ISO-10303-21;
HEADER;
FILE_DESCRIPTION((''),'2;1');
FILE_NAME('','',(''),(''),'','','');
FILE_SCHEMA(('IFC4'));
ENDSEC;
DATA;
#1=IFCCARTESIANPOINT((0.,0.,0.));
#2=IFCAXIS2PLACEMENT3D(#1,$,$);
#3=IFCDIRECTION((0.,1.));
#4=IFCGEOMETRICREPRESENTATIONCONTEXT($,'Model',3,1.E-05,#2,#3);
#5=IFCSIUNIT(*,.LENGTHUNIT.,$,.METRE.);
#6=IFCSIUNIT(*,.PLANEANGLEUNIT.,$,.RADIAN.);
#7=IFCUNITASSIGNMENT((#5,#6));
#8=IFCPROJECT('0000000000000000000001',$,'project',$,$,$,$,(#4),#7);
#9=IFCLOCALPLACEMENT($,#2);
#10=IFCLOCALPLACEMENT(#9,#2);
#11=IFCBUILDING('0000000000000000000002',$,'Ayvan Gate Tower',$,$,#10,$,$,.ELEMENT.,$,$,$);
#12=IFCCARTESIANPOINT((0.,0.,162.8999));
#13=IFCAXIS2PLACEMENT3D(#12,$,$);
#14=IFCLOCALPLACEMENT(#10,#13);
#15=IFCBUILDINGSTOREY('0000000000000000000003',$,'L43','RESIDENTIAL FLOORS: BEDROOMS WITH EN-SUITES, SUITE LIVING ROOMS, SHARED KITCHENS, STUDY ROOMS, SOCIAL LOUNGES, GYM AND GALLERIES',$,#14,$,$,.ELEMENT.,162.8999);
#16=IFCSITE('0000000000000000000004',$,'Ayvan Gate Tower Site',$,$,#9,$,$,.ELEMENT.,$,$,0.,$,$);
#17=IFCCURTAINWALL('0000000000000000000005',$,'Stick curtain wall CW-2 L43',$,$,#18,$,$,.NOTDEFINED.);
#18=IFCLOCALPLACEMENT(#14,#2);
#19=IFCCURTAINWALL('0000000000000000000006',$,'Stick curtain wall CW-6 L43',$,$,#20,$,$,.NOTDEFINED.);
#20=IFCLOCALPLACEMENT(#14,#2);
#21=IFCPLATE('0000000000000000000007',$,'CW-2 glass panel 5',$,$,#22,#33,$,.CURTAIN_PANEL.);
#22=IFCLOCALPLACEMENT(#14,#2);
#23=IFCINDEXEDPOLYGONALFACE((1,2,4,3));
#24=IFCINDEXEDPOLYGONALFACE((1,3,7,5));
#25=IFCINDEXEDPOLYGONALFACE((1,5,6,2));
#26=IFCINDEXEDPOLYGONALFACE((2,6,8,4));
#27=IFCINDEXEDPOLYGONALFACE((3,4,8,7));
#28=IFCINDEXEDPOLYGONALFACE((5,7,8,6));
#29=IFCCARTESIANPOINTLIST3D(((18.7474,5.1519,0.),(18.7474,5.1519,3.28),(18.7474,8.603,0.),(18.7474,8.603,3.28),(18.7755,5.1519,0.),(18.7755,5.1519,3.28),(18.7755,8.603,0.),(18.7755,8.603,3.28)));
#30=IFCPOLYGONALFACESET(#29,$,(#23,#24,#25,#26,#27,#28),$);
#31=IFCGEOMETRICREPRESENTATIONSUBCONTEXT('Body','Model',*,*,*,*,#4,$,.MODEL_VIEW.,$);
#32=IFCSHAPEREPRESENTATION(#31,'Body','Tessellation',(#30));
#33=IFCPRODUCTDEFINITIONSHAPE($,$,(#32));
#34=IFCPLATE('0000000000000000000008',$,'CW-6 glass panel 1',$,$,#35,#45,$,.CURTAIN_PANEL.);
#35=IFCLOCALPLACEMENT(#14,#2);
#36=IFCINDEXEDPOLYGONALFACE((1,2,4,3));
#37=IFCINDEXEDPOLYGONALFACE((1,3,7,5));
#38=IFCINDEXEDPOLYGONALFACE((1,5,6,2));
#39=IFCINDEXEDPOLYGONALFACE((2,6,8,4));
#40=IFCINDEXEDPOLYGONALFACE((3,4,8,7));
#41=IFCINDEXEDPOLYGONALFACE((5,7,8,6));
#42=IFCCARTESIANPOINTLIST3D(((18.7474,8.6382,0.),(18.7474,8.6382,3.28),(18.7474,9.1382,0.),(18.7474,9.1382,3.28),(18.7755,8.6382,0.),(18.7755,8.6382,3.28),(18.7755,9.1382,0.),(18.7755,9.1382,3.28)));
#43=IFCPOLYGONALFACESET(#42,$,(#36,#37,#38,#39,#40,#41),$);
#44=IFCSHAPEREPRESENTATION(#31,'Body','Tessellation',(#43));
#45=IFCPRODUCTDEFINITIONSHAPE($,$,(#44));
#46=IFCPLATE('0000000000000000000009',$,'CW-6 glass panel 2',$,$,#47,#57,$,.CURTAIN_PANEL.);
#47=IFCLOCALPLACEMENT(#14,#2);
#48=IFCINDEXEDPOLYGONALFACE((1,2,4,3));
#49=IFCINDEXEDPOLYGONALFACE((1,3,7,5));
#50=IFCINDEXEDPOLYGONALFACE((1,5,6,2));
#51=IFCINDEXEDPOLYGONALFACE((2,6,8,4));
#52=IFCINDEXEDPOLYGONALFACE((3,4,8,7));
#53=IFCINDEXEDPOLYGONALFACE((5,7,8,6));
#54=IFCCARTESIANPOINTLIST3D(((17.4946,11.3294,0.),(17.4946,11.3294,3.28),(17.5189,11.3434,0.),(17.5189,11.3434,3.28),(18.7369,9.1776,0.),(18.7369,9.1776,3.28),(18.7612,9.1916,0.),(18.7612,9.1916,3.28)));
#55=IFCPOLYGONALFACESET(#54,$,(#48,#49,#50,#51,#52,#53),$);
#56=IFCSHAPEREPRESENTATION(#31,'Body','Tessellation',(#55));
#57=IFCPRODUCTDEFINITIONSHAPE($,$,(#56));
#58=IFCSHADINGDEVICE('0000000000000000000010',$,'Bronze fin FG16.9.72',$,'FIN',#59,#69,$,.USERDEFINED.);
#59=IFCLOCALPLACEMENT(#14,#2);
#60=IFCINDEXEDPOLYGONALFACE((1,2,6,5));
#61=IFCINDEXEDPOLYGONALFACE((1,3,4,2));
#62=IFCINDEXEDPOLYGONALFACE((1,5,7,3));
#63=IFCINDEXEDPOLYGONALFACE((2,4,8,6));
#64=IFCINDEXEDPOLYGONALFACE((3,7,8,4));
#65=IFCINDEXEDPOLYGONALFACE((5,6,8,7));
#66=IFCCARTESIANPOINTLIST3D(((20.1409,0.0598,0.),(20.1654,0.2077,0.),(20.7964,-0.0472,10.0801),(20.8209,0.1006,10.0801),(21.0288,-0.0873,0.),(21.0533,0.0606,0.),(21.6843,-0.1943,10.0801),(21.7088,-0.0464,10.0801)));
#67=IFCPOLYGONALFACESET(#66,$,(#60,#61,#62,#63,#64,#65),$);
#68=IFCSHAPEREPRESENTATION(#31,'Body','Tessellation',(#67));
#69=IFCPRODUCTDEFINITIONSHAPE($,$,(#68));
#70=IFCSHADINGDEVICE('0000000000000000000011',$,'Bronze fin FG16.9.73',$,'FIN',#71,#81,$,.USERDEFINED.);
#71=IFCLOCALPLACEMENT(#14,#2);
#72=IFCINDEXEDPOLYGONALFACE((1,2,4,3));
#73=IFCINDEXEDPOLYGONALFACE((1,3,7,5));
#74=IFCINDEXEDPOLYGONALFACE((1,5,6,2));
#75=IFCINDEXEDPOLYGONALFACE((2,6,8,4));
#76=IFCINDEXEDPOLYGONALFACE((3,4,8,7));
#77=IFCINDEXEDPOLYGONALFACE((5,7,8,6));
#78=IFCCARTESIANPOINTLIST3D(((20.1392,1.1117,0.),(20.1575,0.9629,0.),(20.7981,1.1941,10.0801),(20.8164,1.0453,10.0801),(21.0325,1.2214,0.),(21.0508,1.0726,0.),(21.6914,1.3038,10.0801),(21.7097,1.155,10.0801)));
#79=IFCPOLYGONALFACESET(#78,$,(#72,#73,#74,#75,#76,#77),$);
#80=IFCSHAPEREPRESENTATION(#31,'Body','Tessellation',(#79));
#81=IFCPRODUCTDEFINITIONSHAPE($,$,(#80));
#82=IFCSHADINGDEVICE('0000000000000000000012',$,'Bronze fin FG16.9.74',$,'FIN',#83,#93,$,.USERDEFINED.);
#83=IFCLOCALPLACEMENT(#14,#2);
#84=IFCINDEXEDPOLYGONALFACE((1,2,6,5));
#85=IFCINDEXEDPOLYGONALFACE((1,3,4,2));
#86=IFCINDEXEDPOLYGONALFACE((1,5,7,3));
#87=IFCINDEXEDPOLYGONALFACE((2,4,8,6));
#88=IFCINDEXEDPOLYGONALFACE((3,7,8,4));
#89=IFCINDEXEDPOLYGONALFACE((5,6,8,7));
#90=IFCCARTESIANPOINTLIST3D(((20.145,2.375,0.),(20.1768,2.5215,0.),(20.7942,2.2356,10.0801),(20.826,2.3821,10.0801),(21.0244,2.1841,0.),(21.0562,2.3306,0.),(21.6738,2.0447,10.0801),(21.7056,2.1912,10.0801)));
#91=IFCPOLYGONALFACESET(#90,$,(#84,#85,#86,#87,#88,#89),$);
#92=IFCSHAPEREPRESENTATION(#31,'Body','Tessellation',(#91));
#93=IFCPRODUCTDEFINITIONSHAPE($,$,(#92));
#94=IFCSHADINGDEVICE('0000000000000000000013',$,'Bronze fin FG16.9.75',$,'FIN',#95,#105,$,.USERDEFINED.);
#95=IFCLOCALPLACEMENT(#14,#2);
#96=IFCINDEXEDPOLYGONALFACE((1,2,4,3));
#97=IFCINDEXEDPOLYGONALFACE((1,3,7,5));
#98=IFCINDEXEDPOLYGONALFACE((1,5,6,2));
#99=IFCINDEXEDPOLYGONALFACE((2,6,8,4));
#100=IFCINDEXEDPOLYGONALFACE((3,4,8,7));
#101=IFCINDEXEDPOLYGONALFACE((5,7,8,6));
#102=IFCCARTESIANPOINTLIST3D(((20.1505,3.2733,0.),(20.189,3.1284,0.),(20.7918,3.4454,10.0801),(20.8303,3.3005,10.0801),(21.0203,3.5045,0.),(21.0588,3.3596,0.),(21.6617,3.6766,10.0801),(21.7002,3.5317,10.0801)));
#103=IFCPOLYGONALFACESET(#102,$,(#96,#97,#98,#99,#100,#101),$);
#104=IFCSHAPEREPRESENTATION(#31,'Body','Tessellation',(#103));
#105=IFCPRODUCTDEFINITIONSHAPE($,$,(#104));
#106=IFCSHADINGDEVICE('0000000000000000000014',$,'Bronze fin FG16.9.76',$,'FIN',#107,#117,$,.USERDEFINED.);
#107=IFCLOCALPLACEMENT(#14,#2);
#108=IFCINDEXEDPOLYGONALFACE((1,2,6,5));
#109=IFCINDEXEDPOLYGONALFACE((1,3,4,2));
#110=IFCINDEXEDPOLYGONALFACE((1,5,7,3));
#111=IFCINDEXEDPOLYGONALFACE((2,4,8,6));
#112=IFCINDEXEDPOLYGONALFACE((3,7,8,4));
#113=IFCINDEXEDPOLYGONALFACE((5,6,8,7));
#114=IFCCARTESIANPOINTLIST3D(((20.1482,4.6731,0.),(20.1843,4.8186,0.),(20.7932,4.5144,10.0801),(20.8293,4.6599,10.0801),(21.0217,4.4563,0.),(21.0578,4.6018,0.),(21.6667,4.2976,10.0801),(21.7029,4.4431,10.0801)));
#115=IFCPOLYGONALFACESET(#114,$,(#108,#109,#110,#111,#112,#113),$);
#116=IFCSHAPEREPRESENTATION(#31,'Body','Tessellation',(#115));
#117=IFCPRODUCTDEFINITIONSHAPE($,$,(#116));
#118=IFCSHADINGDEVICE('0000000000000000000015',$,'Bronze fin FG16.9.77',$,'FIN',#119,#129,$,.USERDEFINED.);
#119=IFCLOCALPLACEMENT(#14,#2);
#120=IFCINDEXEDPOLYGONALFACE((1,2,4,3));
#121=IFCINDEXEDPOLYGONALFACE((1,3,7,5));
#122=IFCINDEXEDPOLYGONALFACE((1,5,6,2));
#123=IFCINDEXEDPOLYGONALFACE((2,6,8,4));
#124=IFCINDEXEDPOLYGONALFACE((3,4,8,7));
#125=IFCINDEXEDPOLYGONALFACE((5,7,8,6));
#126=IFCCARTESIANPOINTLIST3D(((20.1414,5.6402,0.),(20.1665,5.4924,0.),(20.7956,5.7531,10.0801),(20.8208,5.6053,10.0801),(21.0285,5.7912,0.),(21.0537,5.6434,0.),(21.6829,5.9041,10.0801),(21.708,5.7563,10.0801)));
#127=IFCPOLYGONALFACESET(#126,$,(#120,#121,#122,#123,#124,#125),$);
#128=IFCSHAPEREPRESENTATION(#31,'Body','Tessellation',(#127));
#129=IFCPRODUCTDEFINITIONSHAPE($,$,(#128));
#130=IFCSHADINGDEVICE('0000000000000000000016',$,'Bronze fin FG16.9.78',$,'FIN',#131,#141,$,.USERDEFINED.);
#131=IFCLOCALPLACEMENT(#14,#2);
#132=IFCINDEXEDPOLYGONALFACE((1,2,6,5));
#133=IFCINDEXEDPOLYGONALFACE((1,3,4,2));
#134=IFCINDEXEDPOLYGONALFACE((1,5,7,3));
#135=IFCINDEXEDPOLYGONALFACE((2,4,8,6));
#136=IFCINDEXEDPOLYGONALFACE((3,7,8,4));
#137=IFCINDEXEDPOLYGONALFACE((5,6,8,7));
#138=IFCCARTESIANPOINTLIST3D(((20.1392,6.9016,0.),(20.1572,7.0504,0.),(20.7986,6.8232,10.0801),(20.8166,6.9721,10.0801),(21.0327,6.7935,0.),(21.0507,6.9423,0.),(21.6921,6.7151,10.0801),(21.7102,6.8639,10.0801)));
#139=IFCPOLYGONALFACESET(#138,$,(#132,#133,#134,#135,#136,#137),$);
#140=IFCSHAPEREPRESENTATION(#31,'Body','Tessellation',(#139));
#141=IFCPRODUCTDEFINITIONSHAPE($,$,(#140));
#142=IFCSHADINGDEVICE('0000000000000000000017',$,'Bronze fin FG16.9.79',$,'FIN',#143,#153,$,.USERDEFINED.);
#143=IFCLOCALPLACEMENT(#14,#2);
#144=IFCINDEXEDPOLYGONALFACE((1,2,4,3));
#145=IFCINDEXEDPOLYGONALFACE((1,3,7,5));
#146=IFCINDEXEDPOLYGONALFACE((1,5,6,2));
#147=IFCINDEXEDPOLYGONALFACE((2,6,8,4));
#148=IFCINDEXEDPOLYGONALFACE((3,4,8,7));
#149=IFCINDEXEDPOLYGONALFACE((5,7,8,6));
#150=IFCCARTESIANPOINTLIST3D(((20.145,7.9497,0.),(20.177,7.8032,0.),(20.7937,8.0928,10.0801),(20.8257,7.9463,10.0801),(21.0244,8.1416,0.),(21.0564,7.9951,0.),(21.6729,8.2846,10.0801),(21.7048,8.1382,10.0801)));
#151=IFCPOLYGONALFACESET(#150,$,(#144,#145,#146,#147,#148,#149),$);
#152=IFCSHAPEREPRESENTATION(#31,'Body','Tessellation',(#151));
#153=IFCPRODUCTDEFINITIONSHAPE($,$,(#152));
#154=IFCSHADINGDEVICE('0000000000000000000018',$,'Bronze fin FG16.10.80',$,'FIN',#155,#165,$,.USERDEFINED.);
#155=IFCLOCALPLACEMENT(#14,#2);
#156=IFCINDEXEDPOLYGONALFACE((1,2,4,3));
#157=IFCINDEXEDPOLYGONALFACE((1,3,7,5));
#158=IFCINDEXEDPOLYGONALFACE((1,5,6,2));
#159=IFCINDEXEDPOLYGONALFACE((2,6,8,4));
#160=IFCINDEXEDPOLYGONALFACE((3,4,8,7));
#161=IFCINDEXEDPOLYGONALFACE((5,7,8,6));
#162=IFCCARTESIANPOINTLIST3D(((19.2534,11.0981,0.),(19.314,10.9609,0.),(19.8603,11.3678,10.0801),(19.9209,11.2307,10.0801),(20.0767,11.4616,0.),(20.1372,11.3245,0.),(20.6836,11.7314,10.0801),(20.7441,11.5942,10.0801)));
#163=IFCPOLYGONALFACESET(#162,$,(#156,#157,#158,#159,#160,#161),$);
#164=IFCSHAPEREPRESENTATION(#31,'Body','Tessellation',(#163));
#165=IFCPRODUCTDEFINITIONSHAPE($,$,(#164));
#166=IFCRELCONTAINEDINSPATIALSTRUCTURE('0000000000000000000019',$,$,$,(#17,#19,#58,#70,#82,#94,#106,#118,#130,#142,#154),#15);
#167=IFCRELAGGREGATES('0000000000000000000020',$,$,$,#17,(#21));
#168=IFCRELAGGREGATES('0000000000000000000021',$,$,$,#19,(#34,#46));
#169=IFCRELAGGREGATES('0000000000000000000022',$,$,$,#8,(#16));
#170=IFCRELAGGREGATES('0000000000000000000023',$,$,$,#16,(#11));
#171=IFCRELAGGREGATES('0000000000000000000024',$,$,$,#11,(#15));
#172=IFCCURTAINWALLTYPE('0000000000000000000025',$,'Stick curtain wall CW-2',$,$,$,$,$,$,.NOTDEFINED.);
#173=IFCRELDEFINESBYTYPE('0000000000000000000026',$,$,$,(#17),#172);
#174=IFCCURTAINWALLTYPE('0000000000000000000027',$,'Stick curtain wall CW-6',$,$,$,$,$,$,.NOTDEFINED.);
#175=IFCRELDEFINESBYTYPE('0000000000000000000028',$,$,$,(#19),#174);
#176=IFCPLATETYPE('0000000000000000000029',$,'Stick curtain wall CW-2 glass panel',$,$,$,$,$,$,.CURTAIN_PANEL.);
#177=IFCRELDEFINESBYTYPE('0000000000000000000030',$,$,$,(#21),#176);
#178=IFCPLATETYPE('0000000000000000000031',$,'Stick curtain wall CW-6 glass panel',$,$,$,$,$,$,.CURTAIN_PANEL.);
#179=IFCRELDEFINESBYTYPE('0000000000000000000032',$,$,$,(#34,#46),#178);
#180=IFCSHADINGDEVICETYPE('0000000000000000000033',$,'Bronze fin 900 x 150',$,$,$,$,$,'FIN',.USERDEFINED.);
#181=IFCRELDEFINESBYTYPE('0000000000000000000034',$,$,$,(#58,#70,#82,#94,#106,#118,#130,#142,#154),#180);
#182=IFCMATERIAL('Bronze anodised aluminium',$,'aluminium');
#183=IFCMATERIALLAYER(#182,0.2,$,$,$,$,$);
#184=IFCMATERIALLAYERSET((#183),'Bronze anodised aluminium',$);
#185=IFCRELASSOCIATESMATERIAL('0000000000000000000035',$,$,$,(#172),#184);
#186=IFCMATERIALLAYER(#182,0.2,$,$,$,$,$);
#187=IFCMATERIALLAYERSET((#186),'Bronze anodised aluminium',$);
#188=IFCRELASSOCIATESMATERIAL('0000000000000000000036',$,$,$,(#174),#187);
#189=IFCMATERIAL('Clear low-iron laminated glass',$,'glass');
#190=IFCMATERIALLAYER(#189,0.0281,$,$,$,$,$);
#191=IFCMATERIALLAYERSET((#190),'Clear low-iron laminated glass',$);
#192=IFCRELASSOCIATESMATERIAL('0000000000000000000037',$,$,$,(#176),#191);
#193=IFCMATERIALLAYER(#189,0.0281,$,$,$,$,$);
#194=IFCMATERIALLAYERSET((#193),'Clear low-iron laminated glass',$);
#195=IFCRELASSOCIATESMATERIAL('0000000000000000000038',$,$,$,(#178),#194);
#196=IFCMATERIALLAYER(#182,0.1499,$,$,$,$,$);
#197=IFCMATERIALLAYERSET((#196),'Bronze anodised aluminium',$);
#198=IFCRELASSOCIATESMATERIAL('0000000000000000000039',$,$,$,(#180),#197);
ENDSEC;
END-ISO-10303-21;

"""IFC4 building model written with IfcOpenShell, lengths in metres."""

from ifc_helpers import new_model, si_unit, direction, frame, origin, origin_2d, place, context, subcontext, project, spatial, polyline, rectangle, outline, extrude, material, layer, layer_set, type_object, element, aggregate, save


model = new_model("IFC4")

# Units and contexts
model_context = context("Model", 3, precision=1e-05, world=origin(), true_north=direction((0.0, 1.0)))
body_context = subcontext(model_context, "Body", "Model", "MODEL_VIEW")
ifc_project = project(units=[si_unit("LENGTHUNIT", "METRE"), si_unit("PLANEANGLEUNIT", "RADIAN")], contexts=[model_context])

# Site, building, storey
site_placement = place(None, origin())
site = spatial("IfcSite", under=ifc_project, at=site_placement, Name="Ayvan Gate Tower Site", CompositionType="ELEMENT", RefElevation=0.0)
building_placement = place(site_placement, origin())
building = spatial("IfcBuilding", under=site, at=building_placement, Name="Ayvan Gate Tower", CompositionType="ELEMENT")
storey_placement = place(building_placement, frame((0.0, 0.0, 162.8999)))
storey = spatial("IfcBuildingStorey", under=building, at=storey_placement, Name="L43", Description="RESIDENTIAL FLOORS: BEDROOMS WITH EN-SUITES, SUITE LIVING ROOMS, SHARED KITCHENS, STUDY ROOMS, SOCIAL LOUNGES, GYM AND GALLERIES", CompositionType="ELEMENT", Elevation=162.8999)

# Curtain walls
ifc_material_1 = material(Name="Bronze anodised aluminium", Category="aluminium")
ifc_layer_1 = layer(ifc_material_1, 0.2)
ifc_layer_set_1 = layer_set([ifc_layer_1], Name="Bronze anodised aluminium")
curtain_wall_type_1 = type_object("IfcCurtainWallType", Name="Stick curtain wall CW-2", PredefinedType="NOTDEFINED", material=ifc_layer_set_1)
curtain_wall_1_placement = place(storey_placement, origin())
curtain_wall_1 = element("IfcCurtainWall", 1, at=curtain_wall_1_placement, inside=storey, type_object=curtain_wall_type_1, Name="Stick curtain wall CW-2 L43", PredefinedType="NOTDEFINED")
ifc_layer_2 = layer(ifc_material_1, 0.2)
ifc_layer_set_2 = layer_set([ifc_layer_2], Name="Bronze anodised aluminium")
curtain_wall_type_2 = type_object("IfcCurtainWallType", Name="Stick curtain wall CW-6", PredefinedType="NOTDEFINED", material=ifc_layer_set_2)
curtain_wall_2_placement = place(storey_placement, origin())
curtain_wall_2 = element("IfcCurtainWall", 2, at=curtain_wall_2_placement, inside=storey, type_object=curtain_wall_type_2, Name="Stick curtain wall CW-6 L43", PredefinedType="NOTDEFINED")

# Plates
ifc_material_2 = material(Name="Clear low-iron laminated glass", Category="glass")
ifc_layer_3 = layer(ifc_material_2, 0.0281)
ifc_layer_set_3 = layer_set([ifc_layer_3], Name="Clear low-iron laminated glass")
plate_type_1 = type_object("IfcPlateType", Name="Stick curtain wall CW-2 glass panel", PredefinedType="CURTAIN_PANEL", material=ifc_layer_set_3)
plate_1_placement = place(storey_placement, frame((18.7615, 6.8774, 0.0), z_axis=(0.0, 0.0, 1.0), x_axis=(0.0, 1.0, 0.0)))
plate_1 = element("IfcPlate", 3, at=plate_1_placement, type_object=plate_type_1, Name="CW-2 glass panel 5", PredefinedType="CURTAIN_PANEL", context=body_context, shape_type="SweptSolid", body=[
    extrude(rectangle(XDim=3.4512, YDim=0.0281, at=origin_2d()), origin(), (0.0, 0.0, 1.0), 3.28),
])
aggregate(curtain_wall_1, [plate_1])
ifc_layer_4 = layer(ifc_material_2, 0.0281)
ifc_layer_set_4 = layer_set([ifc_layer_4], Name="Clear low-iron laminated glass")
plate_type_2 = type_object("IfcPlateType", Name="Stick curtain wall CW-6 glass panel", PredefinedType="CURTAIN_PANEL", material=ifc_layer_set_4)
plate_2_placement = place(storey_placement, frame((18.7615, 8.8882, 0.0), z_axis=(0.0, 0.0, 1.0), x_axis=(0.0, 1.0, 0.0)))
plate_2 = element("IfcPlate", 4, at=plate_2_placement, type_object=plate_type_2, Name="CW-6 glass panel 1", PredefinedType="CURTAIN_PANEL", context=body_context, shape_type="SweptSolid", body=[
    extrude(rectangle(XDim=0.5, YDim=0.0281, at=origin_2d()), origin(), (0.0, 0.0, 1.0), 3.28),
])
plate_3_placement = place(storey_placement, frame((18.1279, 10.2605, 0.0), z_axis=(0.0, 0.0, 1.0), x_axis=(-0.5, 0.866025, 0.0)))
plate_3 = element("IfcPlate", 5, at=plate_3_placement, type_object=plate_type_2, Name="CW-6 glass panel 2", PredefinedType="CURTAIN_PANEL", context=body_context, shape_type="SweptSolid", body=[
    extrude(rectangle(XDim=2.4846, YDim=0.0281, at=origin_2d()), origin(), (0.0, 0.0, 1.0), 3.28),
])
aggregate(curtain_wall_2, [plate_2, plate_3])

# Shading devices
ifc_layer_5 = layer(ifc_material_1, 0.1499)
ifc_layer_set_5 = layer_set([ifc_layer_5], Name="Bronze anodised aluminium")
shading_device_type = type_object("IfcShadingDeviceType", Name="Bronze fin 900 x 150", ElementType="FIN", PredefinedType="USERDEFINED", material=ifc_layer_set_5)
shading_device_1_placement = place(storey_placement, frame((20.1409, 0.0598, 0.0), z_axis=(-0.163431, -0.986555, 0.00015), x_axis=(0.986555, -0.163431, 0.0)))
element("IfcShadingDevice", 6, at=shading_device_1_placement, inside=storey, type_object=shading_device_type, Name="Bronze fin FG16.9.72", ObjectType="FIN", PredefinedType="USERDEFINED", context=body_context, shape_type="SweptSolid", body=[
    extrude(outline(polyline([(0.0, 0.0), (0.9, 0.0), (1.5642, 10.0801), (0.6642, 10.0801), (0.0, 0.0)])), origin(), (0.0, 0.0, -1.0), 0.1499),
])
shading_device_2_placement = place(storey_placement, frame((20.1575, 0.9629, 0.0), z_axis=(0.121931, -0.992539, 0.000143), x_axis=(0.992539, 0.121931, 0.0)))
element("IfcShadingDevice", 7, at=shading_device_2_placement, inside=storey, type_object=shading_device_type, Name="Bronze fin FG16.9.73", ObjectType="FIN", PredefinedType="USERDEFINED", context=body_context, shape_type="SweptSolid", body=[
    extrude(outline(polyline([(0.0, 0.0), (0.9, 0.0), (1.5641, 10.0801), (0.6641, 10.0801), (0.0, 0.0)])), origin(), (0.0, 0.0, -1.0), 0.1499),
])
shading_device_3_placement = place(storey_placement, frame((20.145, 2.375, 0.0), z_axis=(-0.212131, -0.977241, 0.000149), x_axis=(0.977241, -0.212131, 0.0)))
element("IfcShadingDevice", 8, at=shading_device_3_placement, inside=storey, type_object=shading_device_type, Name="Bronze fin FG16.9.74", ObjectType="FIN", PredefinedType="USERDEFINED", context=body_context, shape_type="SweptSolid", body=[
    extrude(outline(polyline([(0.0, 0.0), (0.8999, 0.0), (1.5641, 10.0801), (0.664, 10.0801), (0.0, 0.0)])), origin(), (0.0, 0.0, -1.0), 0.1499),
])
shading_device_4_placement = place(storey_placement, frame((20.189, 3.1284, 0.0), z_axis=(0.256869, -0.966446, 0.000159), x_axis=(0.966446, 0.256869, 0.0)))
element("IfcShadingDevice", 9, at=shading_device_4_placement, inside=storey, type_object=shading_device_type, Name="Bronze fin FG16.9.75", ObjectType="FIN", PredefinedType="USERDEFINED", context=body_context, shape_type="SweptSolid", body=[
    extrude(outline(polyline([(0.0, 0.0), (0.9001, 0.0), (1.5641, 10.0801), (0.664, 10.0801), (0.0, 0.0)])), origin(), (0.0, 0.0, -1.0), 0.1499),
])
shading_device_5_placement = place(storey_placement, frame((20.1482, 4.6731, 0.0), z_axis=(-0.240876, -0.970556, 0.000134), x_axis=(0.970556, -0.240876, 0.0)))
element("IfcShadingDevice", 10, at=shading_device_5_placement, inside=storey, type_object=shading_device_type, Name="Bronze fin FG16.9.76", ObjectType="FIN", PredefinedType="USERDEFINED", context=body_context, shape_type="SweptSolid", body=[
    extrude(outline(polyline([(0.0, 0.0), (0.9, 0.0), (1.5643, 10.0801), (0.6643, 10.0801), (0.0, 0.0)])), origin(), (0.0, 0.0, -1.0), 0.1499),
])
shading_device_6_placement = place(storey_placement, frame((20.1665, 5.4924, 0.0), z_axis=(0.167785, -0.985824, 0.000152), x_axis=(0.985824, 0.167785, 0.0)))
element("IfcShadingDevice", 11, at=shading_device_6_placement, inside=storey, type_object=shading_device_type, Name="Bronze fin FG16.9.77", ObjectType="FIN", PredefinedType="USERDEFINED", context=body_context, shape_type="SweptSolid", body=[
    extrude(outline(polyline([(0.0, 0.0), (0.8999, 0.0), (1.5639, 10.0801), (0.6639, 10.0801), (0.0, 0.0)])), origin(), (0.0, 0.0, -1.0), 0.1499),
])
shading_device_7_placement = place(storey_placement, frame((20.1392, 6.9016, 0.0), z_axis=(-0.120161, -0.992754, 0.000142), x_axis=(0.992754, -0.120161, 0.0)))
element("IfcShadingDevice", 12, at=shading_device_7_placement, inside=storey, type_object=shading_device_type, Name="Bronze fin FG16.9.78", ObjectType="FIN", PredefinedType="USERDEFINED", context=body_context, shape_type="SweptSolid", body=[
    extrude(outline(polyline([(0.0, 0.0), (0.9001, 0.0), (1.5641, 10.0801), (0.6641, 10.0801), (0.0, 0.0)])), origin(), (0.0, 0.0, -1.0), 0.1499),
])
shading_device_8_placement = place(storey_placement, frame((20.177, 7.8032, 0.0), z_axis=(0.213224, -0.977003, 0.000148), x_axis=(0.977003, 0.213224, 0.0)))
element("IfcShadingDevice", 13, at=shading_device_8_placement, inside=storey, type_object=shading_device_type, Name="Bronze fin FG16.9.79", ObjectType="FIN", PredefinedType="USERDEFINED", context=body_context, shape_type="SweptSolid", body=[
    extrude(outline(polyline([(0.0, 0.0), (0.9001, 0.0), (1.5641, 10.0801), (0.6643, 10.0801), (0.0, 0.0)])), origin(), (0.0, 0.0, -1.0), 0.1499),
])
shading_device_9_placement = place(storey_placement, frame((19.314, 10.9609, 0.0), z_axis=(0.403947, -0.914782, 0.00016), x_axis=(0.914782, 0.403947, 0.0)))
element("IfcShadingDevice", 14, at=shading_device_9_placement, inside=storey, type_object=shading_device_type, Name="Bronze fin FG16.10.80", ObjectType="FIN", PredefinedType="USERDEFINED", context=body_context, shape_type="SweptSolid", body=[
    extrude(outline(polyline([(0.0, 0.0), (0.8999, 0.0), (1.5641, 10.0801), (0.6642, 10.0801), (0.0, 0.0)])), origin(), (0.0, 0.0, -1.0), 0.1499),
])

save(model, "model.ifc")
